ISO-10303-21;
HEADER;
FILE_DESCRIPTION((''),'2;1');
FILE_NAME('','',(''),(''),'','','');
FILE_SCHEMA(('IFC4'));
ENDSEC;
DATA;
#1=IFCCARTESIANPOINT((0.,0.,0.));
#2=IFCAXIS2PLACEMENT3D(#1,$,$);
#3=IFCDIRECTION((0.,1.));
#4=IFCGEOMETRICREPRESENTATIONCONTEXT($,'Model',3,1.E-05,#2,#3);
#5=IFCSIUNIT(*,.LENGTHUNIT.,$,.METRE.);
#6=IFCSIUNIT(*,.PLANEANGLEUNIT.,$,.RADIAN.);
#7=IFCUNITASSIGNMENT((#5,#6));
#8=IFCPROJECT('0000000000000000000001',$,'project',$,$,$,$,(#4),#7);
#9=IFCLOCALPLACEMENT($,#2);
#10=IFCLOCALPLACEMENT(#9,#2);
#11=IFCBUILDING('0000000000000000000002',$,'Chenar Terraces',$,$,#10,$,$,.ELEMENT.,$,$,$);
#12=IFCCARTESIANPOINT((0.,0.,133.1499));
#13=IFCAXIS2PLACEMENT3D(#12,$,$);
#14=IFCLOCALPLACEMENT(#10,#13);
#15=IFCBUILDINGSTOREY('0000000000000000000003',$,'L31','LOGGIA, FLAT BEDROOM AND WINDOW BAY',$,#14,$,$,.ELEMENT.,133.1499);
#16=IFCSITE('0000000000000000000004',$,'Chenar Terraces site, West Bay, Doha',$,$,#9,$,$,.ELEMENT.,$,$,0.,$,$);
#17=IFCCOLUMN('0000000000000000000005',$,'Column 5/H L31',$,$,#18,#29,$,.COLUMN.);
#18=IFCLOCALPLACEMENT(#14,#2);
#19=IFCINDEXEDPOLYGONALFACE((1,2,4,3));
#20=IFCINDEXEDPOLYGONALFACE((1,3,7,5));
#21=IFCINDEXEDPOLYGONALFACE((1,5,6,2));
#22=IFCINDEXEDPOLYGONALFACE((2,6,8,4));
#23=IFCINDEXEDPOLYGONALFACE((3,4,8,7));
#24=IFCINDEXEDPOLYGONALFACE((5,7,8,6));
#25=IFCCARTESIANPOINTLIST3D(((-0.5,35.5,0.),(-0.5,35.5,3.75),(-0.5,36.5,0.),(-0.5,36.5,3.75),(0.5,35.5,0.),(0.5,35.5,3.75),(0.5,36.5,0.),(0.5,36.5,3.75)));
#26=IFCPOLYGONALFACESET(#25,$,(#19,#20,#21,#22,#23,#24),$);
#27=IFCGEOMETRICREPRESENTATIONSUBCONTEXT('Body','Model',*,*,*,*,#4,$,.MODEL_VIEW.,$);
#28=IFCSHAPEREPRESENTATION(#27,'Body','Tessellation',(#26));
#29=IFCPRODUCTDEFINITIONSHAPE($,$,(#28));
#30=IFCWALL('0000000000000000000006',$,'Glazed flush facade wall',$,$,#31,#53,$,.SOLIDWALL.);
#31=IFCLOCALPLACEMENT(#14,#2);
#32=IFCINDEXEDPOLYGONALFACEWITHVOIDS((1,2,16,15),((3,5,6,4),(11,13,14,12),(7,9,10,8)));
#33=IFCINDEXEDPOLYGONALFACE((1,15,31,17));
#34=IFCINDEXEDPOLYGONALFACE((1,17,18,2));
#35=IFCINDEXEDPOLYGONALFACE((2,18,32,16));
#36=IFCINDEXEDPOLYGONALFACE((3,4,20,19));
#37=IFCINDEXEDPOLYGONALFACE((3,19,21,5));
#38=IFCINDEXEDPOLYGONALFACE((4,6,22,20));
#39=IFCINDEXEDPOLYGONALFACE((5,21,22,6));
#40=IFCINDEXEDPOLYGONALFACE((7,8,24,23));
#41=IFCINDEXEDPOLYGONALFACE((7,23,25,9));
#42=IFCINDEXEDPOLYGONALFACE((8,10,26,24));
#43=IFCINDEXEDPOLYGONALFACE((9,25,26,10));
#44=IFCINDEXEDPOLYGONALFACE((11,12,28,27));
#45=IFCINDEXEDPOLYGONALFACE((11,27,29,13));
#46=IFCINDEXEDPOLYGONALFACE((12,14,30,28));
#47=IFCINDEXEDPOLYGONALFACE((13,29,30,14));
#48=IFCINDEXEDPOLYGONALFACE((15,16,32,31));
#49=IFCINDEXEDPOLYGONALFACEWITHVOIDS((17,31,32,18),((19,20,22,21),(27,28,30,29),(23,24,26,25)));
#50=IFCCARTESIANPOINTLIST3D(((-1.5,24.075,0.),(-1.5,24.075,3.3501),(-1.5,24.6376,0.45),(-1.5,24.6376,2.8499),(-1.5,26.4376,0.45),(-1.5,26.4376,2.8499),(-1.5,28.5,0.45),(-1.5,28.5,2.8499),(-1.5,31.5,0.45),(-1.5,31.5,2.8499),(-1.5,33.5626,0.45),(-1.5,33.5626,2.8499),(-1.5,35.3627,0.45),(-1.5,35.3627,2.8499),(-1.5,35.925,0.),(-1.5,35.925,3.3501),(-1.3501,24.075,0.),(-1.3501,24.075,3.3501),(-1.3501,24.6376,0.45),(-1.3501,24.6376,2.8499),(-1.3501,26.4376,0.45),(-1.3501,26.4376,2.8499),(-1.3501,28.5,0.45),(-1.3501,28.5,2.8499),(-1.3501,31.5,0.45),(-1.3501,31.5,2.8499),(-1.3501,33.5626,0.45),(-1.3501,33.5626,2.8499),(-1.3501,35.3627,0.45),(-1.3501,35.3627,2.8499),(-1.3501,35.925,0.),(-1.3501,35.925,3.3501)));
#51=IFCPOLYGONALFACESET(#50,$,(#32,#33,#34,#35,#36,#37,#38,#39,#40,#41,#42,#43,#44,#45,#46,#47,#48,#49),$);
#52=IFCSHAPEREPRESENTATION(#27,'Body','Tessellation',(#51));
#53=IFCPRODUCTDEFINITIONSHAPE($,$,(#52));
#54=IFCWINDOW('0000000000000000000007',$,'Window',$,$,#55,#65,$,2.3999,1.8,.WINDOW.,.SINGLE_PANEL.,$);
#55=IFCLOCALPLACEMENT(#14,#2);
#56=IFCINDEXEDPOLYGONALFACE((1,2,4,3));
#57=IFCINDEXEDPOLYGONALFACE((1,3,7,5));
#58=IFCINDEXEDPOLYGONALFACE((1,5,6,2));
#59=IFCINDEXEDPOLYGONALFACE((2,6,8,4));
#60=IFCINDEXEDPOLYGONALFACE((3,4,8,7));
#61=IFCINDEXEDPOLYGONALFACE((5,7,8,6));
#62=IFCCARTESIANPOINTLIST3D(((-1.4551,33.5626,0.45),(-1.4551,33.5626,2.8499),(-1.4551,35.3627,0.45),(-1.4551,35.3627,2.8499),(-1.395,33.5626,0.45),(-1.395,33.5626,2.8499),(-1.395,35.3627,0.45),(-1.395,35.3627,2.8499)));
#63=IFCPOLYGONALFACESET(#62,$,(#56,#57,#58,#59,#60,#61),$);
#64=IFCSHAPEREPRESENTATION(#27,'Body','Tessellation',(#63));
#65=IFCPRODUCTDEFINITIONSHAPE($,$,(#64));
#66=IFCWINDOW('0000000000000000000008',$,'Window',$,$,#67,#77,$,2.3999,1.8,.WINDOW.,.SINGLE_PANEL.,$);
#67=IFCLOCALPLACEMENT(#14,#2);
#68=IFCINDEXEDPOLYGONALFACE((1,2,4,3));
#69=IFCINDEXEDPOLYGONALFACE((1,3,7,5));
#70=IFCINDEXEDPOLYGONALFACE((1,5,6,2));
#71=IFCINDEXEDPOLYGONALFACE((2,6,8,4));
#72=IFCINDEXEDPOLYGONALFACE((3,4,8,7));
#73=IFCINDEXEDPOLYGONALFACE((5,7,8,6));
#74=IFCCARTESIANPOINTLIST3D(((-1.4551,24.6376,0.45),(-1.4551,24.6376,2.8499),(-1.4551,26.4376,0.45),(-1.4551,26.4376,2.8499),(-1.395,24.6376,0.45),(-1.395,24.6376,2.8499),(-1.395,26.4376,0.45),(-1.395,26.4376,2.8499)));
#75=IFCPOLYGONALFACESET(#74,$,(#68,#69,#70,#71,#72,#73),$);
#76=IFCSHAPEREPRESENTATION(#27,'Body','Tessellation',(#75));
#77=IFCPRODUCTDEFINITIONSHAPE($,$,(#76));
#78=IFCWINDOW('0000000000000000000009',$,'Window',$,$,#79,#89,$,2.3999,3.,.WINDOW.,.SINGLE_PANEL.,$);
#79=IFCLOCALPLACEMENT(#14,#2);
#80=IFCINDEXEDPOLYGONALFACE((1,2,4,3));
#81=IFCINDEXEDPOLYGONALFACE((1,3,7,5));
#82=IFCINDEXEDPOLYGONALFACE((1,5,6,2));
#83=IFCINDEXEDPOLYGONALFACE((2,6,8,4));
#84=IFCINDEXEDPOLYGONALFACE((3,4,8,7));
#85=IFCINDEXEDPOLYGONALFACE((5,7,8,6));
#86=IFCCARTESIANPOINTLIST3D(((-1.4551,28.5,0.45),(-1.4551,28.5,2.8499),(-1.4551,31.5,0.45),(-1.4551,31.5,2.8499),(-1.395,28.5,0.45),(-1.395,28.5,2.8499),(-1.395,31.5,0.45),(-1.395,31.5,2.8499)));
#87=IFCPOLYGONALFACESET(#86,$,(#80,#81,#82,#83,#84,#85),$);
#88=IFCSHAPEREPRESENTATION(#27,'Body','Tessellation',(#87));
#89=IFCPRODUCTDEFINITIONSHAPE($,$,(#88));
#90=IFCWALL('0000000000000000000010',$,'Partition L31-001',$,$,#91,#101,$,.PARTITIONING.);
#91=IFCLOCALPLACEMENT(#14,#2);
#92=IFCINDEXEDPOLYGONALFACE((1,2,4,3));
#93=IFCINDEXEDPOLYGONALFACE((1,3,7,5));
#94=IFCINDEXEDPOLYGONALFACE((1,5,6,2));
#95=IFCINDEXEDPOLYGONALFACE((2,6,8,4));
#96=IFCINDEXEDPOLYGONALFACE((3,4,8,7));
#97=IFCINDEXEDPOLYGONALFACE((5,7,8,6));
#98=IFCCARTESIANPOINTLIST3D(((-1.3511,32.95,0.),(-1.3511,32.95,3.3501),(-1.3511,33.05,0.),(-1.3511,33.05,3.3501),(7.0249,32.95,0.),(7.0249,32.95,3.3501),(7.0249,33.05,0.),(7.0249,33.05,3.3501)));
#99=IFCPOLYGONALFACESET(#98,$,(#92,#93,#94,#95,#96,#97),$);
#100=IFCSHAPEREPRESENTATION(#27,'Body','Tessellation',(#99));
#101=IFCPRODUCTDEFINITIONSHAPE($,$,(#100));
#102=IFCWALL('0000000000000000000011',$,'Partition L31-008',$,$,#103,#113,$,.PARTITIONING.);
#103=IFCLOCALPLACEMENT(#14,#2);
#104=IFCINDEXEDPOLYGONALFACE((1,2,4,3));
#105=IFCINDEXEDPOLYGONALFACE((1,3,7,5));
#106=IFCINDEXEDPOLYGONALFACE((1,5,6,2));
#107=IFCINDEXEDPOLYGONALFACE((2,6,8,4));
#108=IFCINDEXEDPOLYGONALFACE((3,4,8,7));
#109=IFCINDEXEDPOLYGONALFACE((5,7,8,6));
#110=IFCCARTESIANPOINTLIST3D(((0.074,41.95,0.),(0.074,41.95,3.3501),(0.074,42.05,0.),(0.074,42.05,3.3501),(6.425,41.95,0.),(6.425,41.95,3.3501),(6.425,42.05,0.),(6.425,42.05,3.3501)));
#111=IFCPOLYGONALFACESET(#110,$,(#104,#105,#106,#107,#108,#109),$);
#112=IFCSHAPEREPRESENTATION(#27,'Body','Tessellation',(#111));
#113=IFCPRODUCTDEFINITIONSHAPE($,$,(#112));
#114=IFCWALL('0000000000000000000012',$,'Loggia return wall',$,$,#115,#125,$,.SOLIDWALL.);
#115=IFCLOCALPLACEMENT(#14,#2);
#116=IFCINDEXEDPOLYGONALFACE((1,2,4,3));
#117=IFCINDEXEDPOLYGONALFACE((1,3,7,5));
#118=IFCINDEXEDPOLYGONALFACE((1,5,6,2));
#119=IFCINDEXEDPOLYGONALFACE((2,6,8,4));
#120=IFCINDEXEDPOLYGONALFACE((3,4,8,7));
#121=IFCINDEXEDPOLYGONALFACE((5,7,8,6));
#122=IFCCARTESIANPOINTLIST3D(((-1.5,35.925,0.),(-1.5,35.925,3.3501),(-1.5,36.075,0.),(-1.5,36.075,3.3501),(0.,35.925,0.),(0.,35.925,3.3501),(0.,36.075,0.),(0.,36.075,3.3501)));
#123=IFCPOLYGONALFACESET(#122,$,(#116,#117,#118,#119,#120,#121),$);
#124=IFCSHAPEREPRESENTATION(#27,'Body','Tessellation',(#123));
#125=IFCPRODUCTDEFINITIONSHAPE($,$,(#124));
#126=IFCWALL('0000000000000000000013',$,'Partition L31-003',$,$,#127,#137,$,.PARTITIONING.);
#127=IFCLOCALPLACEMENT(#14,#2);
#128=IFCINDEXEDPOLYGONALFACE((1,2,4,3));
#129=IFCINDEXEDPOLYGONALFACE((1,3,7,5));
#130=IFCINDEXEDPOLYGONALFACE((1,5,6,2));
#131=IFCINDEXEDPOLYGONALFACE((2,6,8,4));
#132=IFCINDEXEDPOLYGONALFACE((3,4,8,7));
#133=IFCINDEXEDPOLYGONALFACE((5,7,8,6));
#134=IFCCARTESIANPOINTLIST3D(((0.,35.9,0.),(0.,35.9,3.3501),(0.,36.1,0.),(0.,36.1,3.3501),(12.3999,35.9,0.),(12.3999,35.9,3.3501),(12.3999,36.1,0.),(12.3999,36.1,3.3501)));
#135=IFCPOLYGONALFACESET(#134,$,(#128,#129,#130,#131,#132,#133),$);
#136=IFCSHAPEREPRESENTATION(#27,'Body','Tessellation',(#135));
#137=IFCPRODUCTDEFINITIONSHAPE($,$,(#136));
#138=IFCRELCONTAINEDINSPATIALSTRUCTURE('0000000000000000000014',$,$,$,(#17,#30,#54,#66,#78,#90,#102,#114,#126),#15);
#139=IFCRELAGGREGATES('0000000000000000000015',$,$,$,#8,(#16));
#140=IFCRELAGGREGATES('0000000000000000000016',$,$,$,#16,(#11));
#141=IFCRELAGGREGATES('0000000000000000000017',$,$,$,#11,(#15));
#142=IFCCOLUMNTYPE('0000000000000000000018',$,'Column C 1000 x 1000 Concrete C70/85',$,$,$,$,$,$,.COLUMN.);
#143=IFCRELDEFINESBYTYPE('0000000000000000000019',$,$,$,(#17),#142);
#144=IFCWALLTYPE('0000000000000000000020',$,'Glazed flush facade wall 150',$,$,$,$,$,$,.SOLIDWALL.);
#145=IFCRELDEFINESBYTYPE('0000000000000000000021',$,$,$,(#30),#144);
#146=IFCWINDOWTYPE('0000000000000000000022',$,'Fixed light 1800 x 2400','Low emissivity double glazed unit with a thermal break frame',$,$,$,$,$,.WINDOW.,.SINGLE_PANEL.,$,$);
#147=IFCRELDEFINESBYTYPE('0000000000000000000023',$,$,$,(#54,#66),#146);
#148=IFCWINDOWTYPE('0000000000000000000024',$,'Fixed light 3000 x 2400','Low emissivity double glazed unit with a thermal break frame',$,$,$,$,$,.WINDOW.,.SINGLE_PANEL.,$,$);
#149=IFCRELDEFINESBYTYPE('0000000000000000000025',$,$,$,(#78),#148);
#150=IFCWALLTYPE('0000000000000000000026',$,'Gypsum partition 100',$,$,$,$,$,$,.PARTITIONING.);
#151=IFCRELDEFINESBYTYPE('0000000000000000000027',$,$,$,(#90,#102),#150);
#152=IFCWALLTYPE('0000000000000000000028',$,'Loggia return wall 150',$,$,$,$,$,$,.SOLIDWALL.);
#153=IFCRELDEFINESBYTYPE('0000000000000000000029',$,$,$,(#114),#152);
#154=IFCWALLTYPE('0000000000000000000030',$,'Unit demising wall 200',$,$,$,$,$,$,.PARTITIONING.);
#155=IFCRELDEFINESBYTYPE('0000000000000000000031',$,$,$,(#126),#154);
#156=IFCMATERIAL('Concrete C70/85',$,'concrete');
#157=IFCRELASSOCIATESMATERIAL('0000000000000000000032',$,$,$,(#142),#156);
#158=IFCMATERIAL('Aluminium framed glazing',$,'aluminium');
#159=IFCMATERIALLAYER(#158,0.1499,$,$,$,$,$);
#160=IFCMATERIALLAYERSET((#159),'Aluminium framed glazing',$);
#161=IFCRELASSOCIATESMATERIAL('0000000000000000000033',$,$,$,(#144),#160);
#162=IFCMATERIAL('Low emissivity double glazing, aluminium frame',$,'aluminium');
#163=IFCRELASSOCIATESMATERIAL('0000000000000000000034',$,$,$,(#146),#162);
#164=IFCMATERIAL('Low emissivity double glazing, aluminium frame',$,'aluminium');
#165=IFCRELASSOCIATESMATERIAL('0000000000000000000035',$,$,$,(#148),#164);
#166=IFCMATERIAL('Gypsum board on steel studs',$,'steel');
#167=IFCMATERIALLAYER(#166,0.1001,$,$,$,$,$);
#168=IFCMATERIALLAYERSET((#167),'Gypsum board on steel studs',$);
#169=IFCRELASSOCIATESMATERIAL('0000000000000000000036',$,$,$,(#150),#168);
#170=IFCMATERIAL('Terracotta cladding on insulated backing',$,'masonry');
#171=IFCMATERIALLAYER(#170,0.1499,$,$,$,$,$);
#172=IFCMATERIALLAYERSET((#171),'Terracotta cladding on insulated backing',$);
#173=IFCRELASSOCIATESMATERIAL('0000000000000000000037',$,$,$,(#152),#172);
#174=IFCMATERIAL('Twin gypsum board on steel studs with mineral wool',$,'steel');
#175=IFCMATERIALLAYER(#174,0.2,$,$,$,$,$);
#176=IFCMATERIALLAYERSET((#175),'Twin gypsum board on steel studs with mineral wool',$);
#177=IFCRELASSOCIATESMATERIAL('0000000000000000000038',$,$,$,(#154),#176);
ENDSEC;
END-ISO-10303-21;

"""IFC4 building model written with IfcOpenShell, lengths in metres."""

from ifc_helpers import new_model, si_unit, direction, frame, frame_2d, origin, origin_2d, place, context, subcontext, project, spatial, rectangle, extrude, material, layer, layer_set, material_profile, profile_set, type_object, element, fill, save


model = new_model("IFC4")

# Units and contexts
model_context = context("Model", 3, precision=1e-05, world=origin(), true_north=direction((0.0, 1.0)))
body_context = subcontext(model_context, "Body", "Model", "MODEL_VIEW")
ifc_project = project(units=[si_unit("LENGTHUNIT", "METRE"), si_unit("PLANEANGLEUNIT", "RADIAN")], contexts=[model_context])

# Site, building, storey
site_placement = place(None, origin())
site = spatial("IfcSite", under=ifc_project, at=site_placement, Name="Chenar Terraces site, West Bay, Doha", CompositionType="ELEMENT", RefElevation=0.0)
building_placement = place(site_placement, origin())
building = spatial("IfcBuilding", under=site, at=building_placement, Name="Chenar Terraces", CompositionType="ELEMENT")
storey_placement = place(building_placement, frame((0.0, 0.0, 133.1499)))
storey = spatial("IfcBuildingStorey", under=building, at=storey_placement, Name="L31", Description="LOGGIA, FLAT BEDROOM AND WINDOW BAY", CompositionType="ELEMENT", Elevation=133.1499)

# Column
ifc_material_1 = material(Name="Concrete C70/85", Category="concrete")
ifc_material_profile = material_profile(ifc_material_1, rectangle(XDim=1.0, YDim=1.0, at=origin_2d()), Name="C 1000 x 1000")
ifc_profile_set = profile_set([ifc_material_profile], Name="Concrete C70/85")
column_type = type_object("IfcColumnType", Name="Column C 1000 x 1000 Concrete C70/85", PredefinedType="COLUMN", material=ifc_profile_set)
placement = place(storey_placement, frame((0.0, 36.0, 0.0), z_axis=(0.0, 0.0, 1.0), x_axis=(1.0, 0.0, 0.0)))
element("IfcColumn", 1, at=placement, inside=storey, type_object=column_type, Name="Column 5/H L31", PredefinedType="COLUMN", context=body_context, shape_type="SweptSolid", body=[
    extrude(rectangle(XDim=1.0, YDim=1.0, at=origin_2d()), origin(), (0.0, 0.0, 1.0), 3.75),
])

# Wall, openings, windows
ifc_material_2 = material(Name="Aluminium framed glazing", Category="aluminium")
ifc_layer_1 = layer(ifc_material_2, 0.1499)
ifc_layer_set_1 = layer_set([ifc_layer_1], Name="Aluminium framed glazing")
wall_type_1 = type_object("IfcWallType", Name="Glazed flush facade wall 150", PredefinedType="SOLIDWALL", material=ifc_layer_set_1)
wall_1_placement = place(storey_placement, frame((-1.425, 35.925, 0.0), z_axis=(0.0, 0.0, 1.0), x_axis=(0.0, -1.0, 0.0)))
wall_1 = element("IfcWall", 2, at=wall_1_placement, inside=storey, type_object=wall_type_1, Name="Glazed flush facade wall", PredefinedType="SOLIDWALL", context=body_context, shape_type="SweptSolid", body=[
    extrude(rectangle(XDim=11.8501, YDim=0.1499, at=frame_2d((5.925, 0.0))), origin(), (0.0, 0.0, 1.0), 3.3501),
])
opening_1_placement = place(wall_1_placement, frame((0.5625, 0.0, 0.45)))
opening_1 = element("IfcOpeningElement", 3, at=opening_1_placement, cuts=wall_1, PredefinedType="OPENING", context=body_context, shape_type="SweptSolid", body=[
    extrude(rectangle(XDim=1.8, YDim=2.3999, at=frame_2d((0.8999, 1.2))), frame((0.0, 0.085, 0.0), z_axis=(0.0, -1.0, 0.0), x_axis=(1.0, 0.0, 0.0)), (0.0, 0.0, 1.0), 0.1699),
])
opening_2_placement = place(wall_1_placement, frame((4.425, 0.0, 0.45)))
opening_2 = element("IfcOpeningElement", 4, at=opening_2_placement, cuts=wall_1, PredefinedType="OPENING", context=body_context, shape_type="SweptSolid", body=[
    extrude(rectangle(XDim=3.0, YDim=2.3999, at=frame_2d((1.5, 1.2))), frame((0.0, 0.085, 0.0), z_axis=(0.0, -1.0, 0.0), x_axis=(1.0, 0.0, 0.0)), (0.0, 0.0, 1.0), 0.1699),
])
opening_3_placement = place(wall_1_placement, frame((9.4875, 0.0, 0.45)))
opening_3 = element("IfcOpeningElement", 5, at=opening_3_placement, cuts=wall_1, PredefinedType="OPENING", context=body_context, shape_type="SweptSolid", body=[
    extrude(rectangle(XDim=1.8, YDim=2.3999, at=frame_2d((0.8999, 1.2))), frame((0.0, 0.085, 0.0), z_axis=(0.0, -1.0, 0.0), x_axis=(1.0, 0.0, 0.0)), (0.0, 0.0, 1.0), 0.1699),
])
ifc_material_3 = material(Name="Low emissivity double glazing, aluminium frame", Category="aluminium")
window_type_1 = type_object("IfcWindowType", Name="Fixed light 1800 x 2400", Description="Low emissivity double glazed unit with a thermal break frame", PartitioningType="SINGLE_PANEL", PredefinedType="WINDOW", material=ifc_material_3)
window_1_placement = place(opening_1_placement, origin())
window_1 = element("IfcWindow", 6, at=window_1_placement, inside=storey, type_object=window_type_1, Name="Window", OverallHeight=2.3999, OverallWidth=1.8, PartitioningType="SINGLE_PANEL", PredefinedType="WINDOW", context=body_context, shape_type="SweptSolid", body=[
    extrude(rectangle(XDim=1.8, YDim=2.3999, at=frame_2d((0.8999, 1.2))), frame((0.0, 0.03, 0.0), z_axis=(0.0, -1.0, 0.0), x_axis=(1.0, 0.0, 0.0)), (0.0, 0.0, 1.0), 0.0601),
])
fill(opening_1, window_1)
window_2_placement = place(opening_3_placement, origin())
window_2 = element("IfcWindow", 7, at=window_2_placement, inside=storey, type_object=window_type_1, Name="Window", OverallHeight=2.3999, OverallWidth=1.8, PartitioningType="SINGLE_PANEL", PredefinedType="WINDOW", context=body_context, shape_type="SweptSolid", body=[
    extrude(rectangle(XDim=1.8, YDim=2.3999, at=frame_2d((0.8999, 1.2))), frame((0.0, 0.03, 0.0), z_axis=(0.0, -1.0, 0.0), x_axis=(1.0, 0.0, 0.0)), (0.0, 0.0, 1.0), 0.0601),
])
fill(opening_3, window_2)
ifc_material_4 = material(Name="Low emissivity double glazing, aluminium frame", Category="aluminium")
window_type_2 = type_object("IfcWindowType", Name="Fixed light 3000 x 2400", Description="Low emissivity double glazed unit with a thermal break frame", PartitioningType="SINGLE_PANEL", PredefinedType="WINDOW", material=ifc_material_4)
window_3_placement = place(opening_2_placement, origin())
window_3 = element("IfcWindow", 8, at=window_3_placement, inside=storey, type_object=window_type_2, Name="Window", OverallHeight=2.3999, OverallWidth=3.0, PartitioningType="SINGLE_PANEL", PredefinedType="WINDOW", context=body_context, shape_type="SweptSolid", body=[
    extrude(rectangle(XDim=3.0, YDim=2.3999, at=frame_2d((1.5, 1.2))), frame((0.0, 0.03, 0.0), z_axis=(0.0, -1.0, 0.0), x_axis=(1.0, 0.0, 0.0)), (0.0, 0.0, 1.0), 0.0601),
])
fill(opening_2, window_3)

# Walls
ifc_material_5 = material(Name="Gypsum board on steel studs", Category="steel")
ifc_layer_2 = layer(ifc_material_5, 0.1001)
ifc_layer_set_2 = layer_set([ifc_layer_2], Name="Gypsum board on steel studs")
wall_type_2 = type_object("IfcWallType", Name="Gypsum partition 100", PredefinedType="PARTITIONING", material=ifc_layer_set_2)
wall_2_placement = place(storey_placement, frame((-1.3511, 33.0, 0.0), z_axis=(0.0, 0.0, 1.0), x_axis=(1.0, 0.0, 0.0)))
element("IfcWall", 9, at=wall_2_placement, inside=storey, type_object=wall_type_2, Name="Partition L31-001", PredefinedType="PARTITIONING", context=body_context, shape_type="SweptSolid", body=[
    extrude(rectangle(XDim=8.376, YDim=0.1001, at=frame_2d((4.188, 0.0))), origin(), (0.0, 0.0, 1.0), 3.3501),
])
wall_3_placement = place(storey_placement, frame((0.074, 42.0, 0.0), z_axis=(0.0, 0.0, 1.0), x_axis=(1.0, 0.0, 0.0)))
element("IfcWall", 10, at=wall_3_placement, inside=storey, type_object=wall_type_2, Name="Partition L31-008", PredefinedType="PARTITIONING", context=body_context, shape_type="SweptSolid", body=[
    extrude(rectangle(XDim=6.3511, YDim=0.1001, at=frame_2d((3.1755, 0.0))), origin(), (0.0, 0.0, 1.0), 3.3501),
])
ifc_material_6 = material(Name="Terracotta cladding on insulated backing", Category="masonry")
ifc_layer_3 = layer(ifc_material_6, 0.1499)
ifc_layer_set_3 = layer_set([ifc_layer_3], Name="Terracotta cladding on insulated backing")
wall_type_3 = type_object("IfcWallType", Name="Loggia return wall 150", PredefinedType="SOLIDWALL", material=ifc_layer_set_3)
wall_4_placement = place(storey_placement, frame((-1.5, 36.0, 0.0), z_axis=(0.0, 0.0, 1.0), x_axis=(1.0, 0.0, 0.0)))
element("IfcWall", 11, at=wall_4_placement, inside=storey, type_object=wall_type_3, Name="Loggia return wall", PredefinedType="SOLIDWALL", context=body_context, shape_type="SweptSolid", body=[
    extrude(rectangle(XDim=1.5, YDim=0.1499, at=frame_2d((0.75, 0.0))), origin(), (0.0, 0.0, 1.0), 3.3501),
])
ifc_material_7 = material(Name="Twin gypsum board on steel studs with mineral wool", Category="steel")
ifc_layer_4 = layer(ifc_material_7, 0.2)
ifc_layer_set_4 = layer_set([ifc_layer_4], Name="Twin gypsum board on steel studs with mineral wool")
wall_type_4 = type_object("IfcWallType", Name="Unit demising wall 200", PredefinedType="PARTITIONING", material=ifc_layer_set_4)
element("IfcWall", 12, at=placement, inside=storey, type_object=wall_type_4, Name="Partition L31-003", PredefinedType="PARTITIONING", context=body_context, shape_type="SweptSolid", body=[
    extrude(rectangle(XDim=12.3999, YDim=0.2, at=frame_2d((6.2, 0.0))), origin(), (0.0, 0.0, 1.0), 3.3501),
])

save(model, "model.ifc")
